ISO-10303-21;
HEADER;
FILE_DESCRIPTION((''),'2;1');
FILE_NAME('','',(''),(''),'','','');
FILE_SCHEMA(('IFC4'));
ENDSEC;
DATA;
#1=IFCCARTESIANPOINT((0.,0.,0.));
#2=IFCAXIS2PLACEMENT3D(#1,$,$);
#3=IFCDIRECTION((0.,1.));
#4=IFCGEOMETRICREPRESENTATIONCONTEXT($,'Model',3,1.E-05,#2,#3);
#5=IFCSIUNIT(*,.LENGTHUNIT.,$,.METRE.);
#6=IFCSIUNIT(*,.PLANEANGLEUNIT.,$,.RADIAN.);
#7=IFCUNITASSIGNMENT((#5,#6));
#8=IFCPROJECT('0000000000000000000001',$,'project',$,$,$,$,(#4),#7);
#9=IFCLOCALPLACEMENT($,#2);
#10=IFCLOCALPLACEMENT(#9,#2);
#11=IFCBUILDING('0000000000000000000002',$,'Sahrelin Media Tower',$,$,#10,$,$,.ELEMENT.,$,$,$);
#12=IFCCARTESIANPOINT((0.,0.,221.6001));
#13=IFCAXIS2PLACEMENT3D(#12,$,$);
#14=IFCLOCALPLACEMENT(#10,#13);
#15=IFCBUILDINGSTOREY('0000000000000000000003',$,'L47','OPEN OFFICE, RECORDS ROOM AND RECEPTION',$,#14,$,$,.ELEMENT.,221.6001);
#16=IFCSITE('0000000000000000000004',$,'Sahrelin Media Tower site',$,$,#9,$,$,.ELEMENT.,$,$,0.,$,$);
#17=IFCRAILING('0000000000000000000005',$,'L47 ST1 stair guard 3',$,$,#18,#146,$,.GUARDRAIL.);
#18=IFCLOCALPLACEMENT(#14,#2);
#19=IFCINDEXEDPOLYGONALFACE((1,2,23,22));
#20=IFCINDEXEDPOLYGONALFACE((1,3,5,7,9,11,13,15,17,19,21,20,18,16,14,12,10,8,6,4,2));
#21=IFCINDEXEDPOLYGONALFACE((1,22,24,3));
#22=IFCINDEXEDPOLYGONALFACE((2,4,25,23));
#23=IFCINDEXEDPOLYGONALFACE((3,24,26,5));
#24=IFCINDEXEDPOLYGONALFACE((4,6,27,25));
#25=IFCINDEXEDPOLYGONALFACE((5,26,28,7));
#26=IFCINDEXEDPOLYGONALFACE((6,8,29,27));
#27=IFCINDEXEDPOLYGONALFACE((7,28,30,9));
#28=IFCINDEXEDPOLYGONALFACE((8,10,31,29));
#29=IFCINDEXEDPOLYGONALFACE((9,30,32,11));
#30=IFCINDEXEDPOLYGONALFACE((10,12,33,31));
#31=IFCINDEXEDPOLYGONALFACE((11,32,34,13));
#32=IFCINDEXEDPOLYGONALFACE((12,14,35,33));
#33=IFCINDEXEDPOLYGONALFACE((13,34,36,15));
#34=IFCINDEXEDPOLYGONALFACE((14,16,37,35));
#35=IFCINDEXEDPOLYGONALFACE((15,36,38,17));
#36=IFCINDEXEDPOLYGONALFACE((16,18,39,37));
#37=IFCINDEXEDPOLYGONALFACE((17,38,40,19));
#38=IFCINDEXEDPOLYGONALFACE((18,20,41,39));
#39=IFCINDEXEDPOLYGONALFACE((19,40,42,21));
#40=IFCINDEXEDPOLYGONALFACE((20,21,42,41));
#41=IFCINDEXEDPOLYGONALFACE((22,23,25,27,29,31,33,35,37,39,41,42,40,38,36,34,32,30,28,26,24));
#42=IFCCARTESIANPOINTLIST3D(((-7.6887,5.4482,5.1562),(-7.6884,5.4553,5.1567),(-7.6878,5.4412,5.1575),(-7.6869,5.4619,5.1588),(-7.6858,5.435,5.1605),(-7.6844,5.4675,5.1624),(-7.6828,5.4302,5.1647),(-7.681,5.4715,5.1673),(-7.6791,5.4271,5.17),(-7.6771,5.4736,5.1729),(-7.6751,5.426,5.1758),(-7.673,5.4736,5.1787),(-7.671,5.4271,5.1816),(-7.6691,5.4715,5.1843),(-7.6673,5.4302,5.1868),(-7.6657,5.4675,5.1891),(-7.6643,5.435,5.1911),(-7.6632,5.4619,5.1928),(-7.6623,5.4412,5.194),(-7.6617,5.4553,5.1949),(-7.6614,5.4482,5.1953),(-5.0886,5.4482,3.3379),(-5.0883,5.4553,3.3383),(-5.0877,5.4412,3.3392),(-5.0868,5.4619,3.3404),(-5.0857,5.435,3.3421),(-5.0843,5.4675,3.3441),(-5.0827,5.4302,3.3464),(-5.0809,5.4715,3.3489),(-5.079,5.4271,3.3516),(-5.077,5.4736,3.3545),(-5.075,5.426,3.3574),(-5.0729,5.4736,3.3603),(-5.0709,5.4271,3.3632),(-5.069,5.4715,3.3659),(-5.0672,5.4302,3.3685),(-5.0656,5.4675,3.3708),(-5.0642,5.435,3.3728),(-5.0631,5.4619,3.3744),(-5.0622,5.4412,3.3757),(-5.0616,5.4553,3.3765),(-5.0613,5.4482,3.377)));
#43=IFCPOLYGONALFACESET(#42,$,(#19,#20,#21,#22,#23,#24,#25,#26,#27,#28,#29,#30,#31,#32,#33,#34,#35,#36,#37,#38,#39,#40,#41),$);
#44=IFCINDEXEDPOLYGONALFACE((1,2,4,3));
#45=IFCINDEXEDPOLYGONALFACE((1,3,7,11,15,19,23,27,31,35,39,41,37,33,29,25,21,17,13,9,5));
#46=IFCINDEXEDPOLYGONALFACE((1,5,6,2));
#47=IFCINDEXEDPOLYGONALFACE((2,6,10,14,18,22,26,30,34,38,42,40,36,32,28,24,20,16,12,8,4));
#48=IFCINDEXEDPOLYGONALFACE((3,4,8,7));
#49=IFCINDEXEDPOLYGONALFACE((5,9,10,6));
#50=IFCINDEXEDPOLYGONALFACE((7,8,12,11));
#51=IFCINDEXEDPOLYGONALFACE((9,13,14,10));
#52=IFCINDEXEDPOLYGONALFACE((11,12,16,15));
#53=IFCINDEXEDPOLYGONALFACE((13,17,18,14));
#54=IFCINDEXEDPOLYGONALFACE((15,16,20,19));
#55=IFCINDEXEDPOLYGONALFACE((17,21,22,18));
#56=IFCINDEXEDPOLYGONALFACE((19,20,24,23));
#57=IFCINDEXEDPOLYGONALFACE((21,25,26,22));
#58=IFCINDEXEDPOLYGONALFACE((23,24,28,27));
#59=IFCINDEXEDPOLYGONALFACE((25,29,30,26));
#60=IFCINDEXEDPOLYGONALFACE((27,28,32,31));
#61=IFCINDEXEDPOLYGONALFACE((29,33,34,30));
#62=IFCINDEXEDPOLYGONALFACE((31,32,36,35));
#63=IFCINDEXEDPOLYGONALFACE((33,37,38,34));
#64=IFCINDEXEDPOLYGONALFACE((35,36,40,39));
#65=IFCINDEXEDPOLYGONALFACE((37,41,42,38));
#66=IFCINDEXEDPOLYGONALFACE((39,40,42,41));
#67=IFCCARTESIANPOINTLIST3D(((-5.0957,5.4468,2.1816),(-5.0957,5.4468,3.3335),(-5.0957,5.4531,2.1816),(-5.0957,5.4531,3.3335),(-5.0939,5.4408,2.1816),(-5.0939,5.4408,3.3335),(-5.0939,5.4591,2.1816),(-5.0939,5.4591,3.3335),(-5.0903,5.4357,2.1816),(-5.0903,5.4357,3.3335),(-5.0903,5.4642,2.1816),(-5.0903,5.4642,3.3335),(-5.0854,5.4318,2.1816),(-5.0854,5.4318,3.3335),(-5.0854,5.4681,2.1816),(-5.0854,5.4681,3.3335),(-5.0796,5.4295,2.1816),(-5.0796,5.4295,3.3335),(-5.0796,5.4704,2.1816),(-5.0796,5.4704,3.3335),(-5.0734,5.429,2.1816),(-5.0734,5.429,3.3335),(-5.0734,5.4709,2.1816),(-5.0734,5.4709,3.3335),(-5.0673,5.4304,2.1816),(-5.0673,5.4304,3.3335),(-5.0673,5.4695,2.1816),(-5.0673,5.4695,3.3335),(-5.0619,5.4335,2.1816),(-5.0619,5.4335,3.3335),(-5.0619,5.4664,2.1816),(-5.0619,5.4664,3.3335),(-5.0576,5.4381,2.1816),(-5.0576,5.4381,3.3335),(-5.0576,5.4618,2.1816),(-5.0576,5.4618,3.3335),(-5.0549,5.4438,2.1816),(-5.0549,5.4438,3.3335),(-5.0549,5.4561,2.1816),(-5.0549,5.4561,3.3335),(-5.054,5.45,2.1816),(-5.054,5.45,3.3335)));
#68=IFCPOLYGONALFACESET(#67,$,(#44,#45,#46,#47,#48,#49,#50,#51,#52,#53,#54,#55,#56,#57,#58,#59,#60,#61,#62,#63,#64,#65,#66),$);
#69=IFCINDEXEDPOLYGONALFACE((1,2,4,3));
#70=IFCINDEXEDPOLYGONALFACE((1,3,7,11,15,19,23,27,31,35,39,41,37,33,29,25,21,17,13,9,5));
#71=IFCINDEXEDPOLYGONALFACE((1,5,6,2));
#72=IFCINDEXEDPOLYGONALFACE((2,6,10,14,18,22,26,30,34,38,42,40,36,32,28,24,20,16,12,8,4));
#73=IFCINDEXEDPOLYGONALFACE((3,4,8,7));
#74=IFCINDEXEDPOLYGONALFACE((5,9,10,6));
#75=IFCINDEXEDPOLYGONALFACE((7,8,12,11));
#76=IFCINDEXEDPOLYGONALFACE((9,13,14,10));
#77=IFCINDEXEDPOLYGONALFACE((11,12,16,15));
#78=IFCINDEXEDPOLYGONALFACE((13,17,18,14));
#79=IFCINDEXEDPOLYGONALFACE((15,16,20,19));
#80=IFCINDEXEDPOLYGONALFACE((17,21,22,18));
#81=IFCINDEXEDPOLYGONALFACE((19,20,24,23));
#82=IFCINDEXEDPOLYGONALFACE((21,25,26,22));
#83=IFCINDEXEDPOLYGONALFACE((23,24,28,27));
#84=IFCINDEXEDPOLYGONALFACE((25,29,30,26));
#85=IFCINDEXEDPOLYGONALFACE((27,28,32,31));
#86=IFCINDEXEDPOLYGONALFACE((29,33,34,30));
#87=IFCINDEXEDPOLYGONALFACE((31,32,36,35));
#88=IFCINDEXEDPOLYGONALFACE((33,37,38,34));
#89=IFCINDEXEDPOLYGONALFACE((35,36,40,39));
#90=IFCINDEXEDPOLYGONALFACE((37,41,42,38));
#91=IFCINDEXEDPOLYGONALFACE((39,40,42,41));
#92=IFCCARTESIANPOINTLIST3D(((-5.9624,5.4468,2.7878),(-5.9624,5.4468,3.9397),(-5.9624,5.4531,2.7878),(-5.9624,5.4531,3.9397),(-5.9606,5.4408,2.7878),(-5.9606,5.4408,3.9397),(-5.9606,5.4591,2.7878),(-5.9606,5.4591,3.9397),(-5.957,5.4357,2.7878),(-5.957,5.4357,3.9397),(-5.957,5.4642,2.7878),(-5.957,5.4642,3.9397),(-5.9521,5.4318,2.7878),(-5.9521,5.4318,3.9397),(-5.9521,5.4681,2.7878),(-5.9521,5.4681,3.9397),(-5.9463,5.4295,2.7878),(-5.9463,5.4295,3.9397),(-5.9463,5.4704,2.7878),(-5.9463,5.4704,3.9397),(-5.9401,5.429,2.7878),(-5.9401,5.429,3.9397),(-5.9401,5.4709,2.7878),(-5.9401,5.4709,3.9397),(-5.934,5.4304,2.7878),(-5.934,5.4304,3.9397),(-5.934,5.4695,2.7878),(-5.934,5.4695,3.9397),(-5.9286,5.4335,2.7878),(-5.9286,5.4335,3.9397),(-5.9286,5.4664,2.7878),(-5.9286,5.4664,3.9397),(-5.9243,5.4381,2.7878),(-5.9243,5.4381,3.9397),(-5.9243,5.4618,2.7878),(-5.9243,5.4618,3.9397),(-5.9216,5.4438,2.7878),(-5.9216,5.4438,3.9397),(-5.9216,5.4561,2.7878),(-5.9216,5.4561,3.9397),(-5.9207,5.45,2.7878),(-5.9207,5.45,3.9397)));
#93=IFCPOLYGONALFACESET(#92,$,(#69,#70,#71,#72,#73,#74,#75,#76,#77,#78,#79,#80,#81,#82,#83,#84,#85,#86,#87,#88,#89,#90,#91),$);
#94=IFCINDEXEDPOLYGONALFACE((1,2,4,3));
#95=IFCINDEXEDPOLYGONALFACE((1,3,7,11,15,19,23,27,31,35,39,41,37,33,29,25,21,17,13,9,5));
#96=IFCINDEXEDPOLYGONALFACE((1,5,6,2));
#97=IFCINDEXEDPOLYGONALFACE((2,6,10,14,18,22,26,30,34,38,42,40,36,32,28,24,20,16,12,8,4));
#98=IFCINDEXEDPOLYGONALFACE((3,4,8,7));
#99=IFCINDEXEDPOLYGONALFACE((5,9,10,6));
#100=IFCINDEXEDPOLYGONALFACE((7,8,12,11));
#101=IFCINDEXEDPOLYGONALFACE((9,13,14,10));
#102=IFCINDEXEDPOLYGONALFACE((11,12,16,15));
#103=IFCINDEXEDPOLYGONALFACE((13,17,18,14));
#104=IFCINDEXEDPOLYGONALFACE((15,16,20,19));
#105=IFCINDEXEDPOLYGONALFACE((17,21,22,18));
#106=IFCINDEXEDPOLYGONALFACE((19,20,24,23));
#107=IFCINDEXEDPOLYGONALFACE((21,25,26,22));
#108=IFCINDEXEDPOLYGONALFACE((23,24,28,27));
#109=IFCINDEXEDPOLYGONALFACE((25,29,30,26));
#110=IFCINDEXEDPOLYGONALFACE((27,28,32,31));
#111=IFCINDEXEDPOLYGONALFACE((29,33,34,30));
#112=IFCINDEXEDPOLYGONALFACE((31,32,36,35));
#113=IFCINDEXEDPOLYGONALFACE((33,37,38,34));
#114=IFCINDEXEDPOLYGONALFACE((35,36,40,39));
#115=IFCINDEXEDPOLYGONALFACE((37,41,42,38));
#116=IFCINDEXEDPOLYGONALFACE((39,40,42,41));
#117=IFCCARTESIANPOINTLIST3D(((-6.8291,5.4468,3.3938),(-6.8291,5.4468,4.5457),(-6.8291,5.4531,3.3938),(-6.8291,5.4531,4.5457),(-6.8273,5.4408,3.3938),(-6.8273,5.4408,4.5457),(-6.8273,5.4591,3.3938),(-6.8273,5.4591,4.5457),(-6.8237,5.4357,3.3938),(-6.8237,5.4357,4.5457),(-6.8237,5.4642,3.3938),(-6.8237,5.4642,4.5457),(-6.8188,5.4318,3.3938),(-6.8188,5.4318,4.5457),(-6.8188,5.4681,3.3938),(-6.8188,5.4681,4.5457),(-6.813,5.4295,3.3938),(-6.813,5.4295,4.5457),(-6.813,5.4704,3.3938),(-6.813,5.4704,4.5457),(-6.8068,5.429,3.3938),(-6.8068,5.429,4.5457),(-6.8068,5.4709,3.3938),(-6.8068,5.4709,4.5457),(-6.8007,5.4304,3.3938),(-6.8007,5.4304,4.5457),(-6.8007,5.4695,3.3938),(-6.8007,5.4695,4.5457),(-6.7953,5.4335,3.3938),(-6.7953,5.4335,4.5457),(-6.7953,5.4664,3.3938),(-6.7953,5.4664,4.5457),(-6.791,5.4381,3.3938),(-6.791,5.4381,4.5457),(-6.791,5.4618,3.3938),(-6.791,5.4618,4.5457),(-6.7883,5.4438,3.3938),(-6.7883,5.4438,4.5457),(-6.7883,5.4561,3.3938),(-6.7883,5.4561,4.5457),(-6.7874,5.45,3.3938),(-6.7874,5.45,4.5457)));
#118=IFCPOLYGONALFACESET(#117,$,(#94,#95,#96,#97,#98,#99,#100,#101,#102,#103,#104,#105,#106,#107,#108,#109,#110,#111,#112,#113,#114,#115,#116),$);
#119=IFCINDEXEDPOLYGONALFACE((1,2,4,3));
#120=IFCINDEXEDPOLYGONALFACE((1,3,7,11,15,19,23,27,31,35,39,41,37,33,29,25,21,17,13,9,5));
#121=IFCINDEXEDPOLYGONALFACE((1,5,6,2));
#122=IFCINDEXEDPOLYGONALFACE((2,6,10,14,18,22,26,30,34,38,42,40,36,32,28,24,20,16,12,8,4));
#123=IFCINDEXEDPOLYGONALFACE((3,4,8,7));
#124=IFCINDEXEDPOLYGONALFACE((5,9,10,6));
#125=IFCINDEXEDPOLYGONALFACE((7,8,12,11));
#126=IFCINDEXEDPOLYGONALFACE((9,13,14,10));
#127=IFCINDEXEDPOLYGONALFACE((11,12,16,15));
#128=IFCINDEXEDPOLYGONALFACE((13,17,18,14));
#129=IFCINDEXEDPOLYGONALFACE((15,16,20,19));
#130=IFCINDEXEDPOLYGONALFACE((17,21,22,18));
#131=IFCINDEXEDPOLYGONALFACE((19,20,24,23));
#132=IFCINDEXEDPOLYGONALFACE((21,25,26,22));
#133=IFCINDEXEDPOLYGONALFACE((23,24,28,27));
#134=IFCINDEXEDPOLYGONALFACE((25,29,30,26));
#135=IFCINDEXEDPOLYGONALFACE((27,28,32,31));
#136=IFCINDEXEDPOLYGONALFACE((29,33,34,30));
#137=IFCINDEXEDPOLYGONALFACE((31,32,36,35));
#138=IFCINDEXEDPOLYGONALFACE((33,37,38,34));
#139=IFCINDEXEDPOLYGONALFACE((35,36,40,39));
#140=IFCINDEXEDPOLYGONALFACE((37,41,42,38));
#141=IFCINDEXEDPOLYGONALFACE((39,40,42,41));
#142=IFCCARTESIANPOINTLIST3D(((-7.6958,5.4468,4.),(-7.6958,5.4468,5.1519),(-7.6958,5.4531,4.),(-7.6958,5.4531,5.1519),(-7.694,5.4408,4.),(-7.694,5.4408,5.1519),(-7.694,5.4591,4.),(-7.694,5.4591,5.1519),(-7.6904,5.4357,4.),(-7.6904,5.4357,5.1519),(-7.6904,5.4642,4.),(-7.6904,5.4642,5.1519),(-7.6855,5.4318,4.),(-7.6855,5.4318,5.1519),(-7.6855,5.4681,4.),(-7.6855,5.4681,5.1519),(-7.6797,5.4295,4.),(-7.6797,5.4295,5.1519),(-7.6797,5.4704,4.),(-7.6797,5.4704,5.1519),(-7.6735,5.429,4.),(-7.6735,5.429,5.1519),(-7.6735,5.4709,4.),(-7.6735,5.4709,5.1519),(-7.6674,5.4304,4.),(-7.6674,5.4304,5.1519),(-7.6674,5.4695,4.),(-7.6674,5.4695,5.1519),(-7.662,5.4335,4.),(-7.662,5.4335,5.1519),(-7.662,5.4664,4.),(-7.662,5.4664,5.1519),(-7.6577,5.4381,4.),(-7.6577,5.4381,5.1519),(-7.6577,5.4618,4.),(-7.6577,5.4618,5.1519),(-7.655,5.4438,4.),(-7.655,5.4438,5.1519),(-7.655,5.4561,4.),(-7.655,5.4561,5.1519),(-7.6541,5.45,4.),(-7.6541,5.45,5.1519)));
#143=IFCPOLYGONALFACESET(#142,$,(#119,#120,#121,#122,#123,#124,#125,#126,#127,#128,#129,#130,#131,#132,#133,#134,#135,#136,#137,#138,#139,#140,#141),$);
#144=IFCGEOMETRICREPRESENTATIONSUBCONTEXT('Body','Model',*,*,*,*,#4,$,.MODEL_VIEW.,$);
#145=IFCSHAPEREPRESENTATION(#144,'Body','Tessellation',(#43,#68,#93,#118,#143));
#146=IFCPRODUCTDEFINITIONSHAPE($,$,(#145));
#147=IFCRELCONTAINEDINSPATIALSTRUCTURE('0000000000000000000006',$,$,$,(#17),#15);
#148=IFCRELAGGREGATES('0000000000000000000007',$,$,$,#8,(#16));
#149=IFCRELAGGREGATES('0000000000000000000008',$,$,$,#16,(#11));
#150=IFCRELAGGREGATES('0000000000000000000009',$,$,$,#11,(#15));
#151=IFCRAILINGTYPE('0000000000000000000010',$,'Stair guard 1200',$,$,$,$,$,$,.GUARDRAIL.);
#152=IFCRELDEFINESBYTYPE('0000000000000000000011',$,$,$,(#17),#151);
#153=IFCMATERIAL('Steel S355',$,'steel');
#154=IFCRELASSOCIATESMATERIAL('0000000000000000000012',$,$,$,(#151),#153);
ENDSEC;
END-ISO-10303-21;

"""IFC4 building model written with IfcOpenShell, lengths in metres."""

from ifc_helpers import new_model, si_unit, direction, frame, origin, origin_2d, place, context, subcontext, project, spatial, circle, extrude, material, type_object, element, save


model = new_model("IFC4")

# Units and contexts
model_context = context("Model", 3, precision=1e-05, world=origin(), true_north=direction((0.0, 1.0)))
body_context = subcontext(model_context, "Body", "Model", "MODEL_VIEW")
ifc_project = project(units=[si_unit("LENGTHUNIT", "METRE"), si_unit("PLANEANGLEUNIT", "RADIAN")], contexts=[model_context])

# Site, building, storey
site_placement = place(None, origin())
site = spatial("IfcSite", under=ifc_project, at=site_placement, Name="Sahrelin Media Tower site", CompositionType="ELEMENT", RefElevation=0.0)
building_placement = place(site_placement, origin())
building = spatial("IfcBuilding", under=site, at=building_placement, Name="Sahrelin Media Tower", CompositionType="ELEMENT")
storey_placement = place(building_placement, frame((0.0, 0.0, 221.6001)))
storey = spatial("IfcBuildingStorey", under=building, at=storey_placement, Name="L47", Description="OPEN OFFICE, RECORDS ROOM AND RECEPTION", CompositionType="ELEMENT", Elevation=221.6001)

# Shared definitions
ifc_material_1 = material(Name="Steel S355", Category="steel")

# Railing
railing_type_1 = type_object("IfcRailingType", Name="Stair guard 1200", PredefinedType="GUARDRAIL", material=ifc_material_1)
railing_1_placement = place(storey_placement, frame((-5.075, 5.45, 2.1816)))
element("IfcRailing", 1, at=railing_1_placement, inside=storey, type_object=railing_type_1, Name="L47 ST1 stair guard 3", PredefinedType="GUARDRAIL", context=body_context, shape_type="SweptSolid", body=[
    extrude(circle(Radius=0.0239, at=origin_2d()), frame((0.0, 0.0, 1.1758), z_axis=(-0.819485, 0.0, 0.573101), x_axis=(0.0, -1.0, 0.0)), (0.0, 0.0, 1.0), 3.1729),
    extrude(circle(Radius=0.021, at=origin_2d()), origin(), (0.0, 0.0, 1.0), 1.1519),
    extrude(circle(Radius=0.021, at=origin_2d()), frame((-0.8667, 0.0, 0.6062)), (0.0, 0.0, 1.0), 1.1519),
    extrude(circle(Radius=0.021, at=origin_2d()), frame((-1.7334, 0.0, 1.2122)), (0.0, 0.0, 1.0), 1.1519),
    extrude(circle(Radius=0.021, at=origin_2d()), frame((-2.6001, 0.0, 1.8184)), (0.0, 0.0, 1.0), 1.1519),
])

save(model, "model.ifc")
